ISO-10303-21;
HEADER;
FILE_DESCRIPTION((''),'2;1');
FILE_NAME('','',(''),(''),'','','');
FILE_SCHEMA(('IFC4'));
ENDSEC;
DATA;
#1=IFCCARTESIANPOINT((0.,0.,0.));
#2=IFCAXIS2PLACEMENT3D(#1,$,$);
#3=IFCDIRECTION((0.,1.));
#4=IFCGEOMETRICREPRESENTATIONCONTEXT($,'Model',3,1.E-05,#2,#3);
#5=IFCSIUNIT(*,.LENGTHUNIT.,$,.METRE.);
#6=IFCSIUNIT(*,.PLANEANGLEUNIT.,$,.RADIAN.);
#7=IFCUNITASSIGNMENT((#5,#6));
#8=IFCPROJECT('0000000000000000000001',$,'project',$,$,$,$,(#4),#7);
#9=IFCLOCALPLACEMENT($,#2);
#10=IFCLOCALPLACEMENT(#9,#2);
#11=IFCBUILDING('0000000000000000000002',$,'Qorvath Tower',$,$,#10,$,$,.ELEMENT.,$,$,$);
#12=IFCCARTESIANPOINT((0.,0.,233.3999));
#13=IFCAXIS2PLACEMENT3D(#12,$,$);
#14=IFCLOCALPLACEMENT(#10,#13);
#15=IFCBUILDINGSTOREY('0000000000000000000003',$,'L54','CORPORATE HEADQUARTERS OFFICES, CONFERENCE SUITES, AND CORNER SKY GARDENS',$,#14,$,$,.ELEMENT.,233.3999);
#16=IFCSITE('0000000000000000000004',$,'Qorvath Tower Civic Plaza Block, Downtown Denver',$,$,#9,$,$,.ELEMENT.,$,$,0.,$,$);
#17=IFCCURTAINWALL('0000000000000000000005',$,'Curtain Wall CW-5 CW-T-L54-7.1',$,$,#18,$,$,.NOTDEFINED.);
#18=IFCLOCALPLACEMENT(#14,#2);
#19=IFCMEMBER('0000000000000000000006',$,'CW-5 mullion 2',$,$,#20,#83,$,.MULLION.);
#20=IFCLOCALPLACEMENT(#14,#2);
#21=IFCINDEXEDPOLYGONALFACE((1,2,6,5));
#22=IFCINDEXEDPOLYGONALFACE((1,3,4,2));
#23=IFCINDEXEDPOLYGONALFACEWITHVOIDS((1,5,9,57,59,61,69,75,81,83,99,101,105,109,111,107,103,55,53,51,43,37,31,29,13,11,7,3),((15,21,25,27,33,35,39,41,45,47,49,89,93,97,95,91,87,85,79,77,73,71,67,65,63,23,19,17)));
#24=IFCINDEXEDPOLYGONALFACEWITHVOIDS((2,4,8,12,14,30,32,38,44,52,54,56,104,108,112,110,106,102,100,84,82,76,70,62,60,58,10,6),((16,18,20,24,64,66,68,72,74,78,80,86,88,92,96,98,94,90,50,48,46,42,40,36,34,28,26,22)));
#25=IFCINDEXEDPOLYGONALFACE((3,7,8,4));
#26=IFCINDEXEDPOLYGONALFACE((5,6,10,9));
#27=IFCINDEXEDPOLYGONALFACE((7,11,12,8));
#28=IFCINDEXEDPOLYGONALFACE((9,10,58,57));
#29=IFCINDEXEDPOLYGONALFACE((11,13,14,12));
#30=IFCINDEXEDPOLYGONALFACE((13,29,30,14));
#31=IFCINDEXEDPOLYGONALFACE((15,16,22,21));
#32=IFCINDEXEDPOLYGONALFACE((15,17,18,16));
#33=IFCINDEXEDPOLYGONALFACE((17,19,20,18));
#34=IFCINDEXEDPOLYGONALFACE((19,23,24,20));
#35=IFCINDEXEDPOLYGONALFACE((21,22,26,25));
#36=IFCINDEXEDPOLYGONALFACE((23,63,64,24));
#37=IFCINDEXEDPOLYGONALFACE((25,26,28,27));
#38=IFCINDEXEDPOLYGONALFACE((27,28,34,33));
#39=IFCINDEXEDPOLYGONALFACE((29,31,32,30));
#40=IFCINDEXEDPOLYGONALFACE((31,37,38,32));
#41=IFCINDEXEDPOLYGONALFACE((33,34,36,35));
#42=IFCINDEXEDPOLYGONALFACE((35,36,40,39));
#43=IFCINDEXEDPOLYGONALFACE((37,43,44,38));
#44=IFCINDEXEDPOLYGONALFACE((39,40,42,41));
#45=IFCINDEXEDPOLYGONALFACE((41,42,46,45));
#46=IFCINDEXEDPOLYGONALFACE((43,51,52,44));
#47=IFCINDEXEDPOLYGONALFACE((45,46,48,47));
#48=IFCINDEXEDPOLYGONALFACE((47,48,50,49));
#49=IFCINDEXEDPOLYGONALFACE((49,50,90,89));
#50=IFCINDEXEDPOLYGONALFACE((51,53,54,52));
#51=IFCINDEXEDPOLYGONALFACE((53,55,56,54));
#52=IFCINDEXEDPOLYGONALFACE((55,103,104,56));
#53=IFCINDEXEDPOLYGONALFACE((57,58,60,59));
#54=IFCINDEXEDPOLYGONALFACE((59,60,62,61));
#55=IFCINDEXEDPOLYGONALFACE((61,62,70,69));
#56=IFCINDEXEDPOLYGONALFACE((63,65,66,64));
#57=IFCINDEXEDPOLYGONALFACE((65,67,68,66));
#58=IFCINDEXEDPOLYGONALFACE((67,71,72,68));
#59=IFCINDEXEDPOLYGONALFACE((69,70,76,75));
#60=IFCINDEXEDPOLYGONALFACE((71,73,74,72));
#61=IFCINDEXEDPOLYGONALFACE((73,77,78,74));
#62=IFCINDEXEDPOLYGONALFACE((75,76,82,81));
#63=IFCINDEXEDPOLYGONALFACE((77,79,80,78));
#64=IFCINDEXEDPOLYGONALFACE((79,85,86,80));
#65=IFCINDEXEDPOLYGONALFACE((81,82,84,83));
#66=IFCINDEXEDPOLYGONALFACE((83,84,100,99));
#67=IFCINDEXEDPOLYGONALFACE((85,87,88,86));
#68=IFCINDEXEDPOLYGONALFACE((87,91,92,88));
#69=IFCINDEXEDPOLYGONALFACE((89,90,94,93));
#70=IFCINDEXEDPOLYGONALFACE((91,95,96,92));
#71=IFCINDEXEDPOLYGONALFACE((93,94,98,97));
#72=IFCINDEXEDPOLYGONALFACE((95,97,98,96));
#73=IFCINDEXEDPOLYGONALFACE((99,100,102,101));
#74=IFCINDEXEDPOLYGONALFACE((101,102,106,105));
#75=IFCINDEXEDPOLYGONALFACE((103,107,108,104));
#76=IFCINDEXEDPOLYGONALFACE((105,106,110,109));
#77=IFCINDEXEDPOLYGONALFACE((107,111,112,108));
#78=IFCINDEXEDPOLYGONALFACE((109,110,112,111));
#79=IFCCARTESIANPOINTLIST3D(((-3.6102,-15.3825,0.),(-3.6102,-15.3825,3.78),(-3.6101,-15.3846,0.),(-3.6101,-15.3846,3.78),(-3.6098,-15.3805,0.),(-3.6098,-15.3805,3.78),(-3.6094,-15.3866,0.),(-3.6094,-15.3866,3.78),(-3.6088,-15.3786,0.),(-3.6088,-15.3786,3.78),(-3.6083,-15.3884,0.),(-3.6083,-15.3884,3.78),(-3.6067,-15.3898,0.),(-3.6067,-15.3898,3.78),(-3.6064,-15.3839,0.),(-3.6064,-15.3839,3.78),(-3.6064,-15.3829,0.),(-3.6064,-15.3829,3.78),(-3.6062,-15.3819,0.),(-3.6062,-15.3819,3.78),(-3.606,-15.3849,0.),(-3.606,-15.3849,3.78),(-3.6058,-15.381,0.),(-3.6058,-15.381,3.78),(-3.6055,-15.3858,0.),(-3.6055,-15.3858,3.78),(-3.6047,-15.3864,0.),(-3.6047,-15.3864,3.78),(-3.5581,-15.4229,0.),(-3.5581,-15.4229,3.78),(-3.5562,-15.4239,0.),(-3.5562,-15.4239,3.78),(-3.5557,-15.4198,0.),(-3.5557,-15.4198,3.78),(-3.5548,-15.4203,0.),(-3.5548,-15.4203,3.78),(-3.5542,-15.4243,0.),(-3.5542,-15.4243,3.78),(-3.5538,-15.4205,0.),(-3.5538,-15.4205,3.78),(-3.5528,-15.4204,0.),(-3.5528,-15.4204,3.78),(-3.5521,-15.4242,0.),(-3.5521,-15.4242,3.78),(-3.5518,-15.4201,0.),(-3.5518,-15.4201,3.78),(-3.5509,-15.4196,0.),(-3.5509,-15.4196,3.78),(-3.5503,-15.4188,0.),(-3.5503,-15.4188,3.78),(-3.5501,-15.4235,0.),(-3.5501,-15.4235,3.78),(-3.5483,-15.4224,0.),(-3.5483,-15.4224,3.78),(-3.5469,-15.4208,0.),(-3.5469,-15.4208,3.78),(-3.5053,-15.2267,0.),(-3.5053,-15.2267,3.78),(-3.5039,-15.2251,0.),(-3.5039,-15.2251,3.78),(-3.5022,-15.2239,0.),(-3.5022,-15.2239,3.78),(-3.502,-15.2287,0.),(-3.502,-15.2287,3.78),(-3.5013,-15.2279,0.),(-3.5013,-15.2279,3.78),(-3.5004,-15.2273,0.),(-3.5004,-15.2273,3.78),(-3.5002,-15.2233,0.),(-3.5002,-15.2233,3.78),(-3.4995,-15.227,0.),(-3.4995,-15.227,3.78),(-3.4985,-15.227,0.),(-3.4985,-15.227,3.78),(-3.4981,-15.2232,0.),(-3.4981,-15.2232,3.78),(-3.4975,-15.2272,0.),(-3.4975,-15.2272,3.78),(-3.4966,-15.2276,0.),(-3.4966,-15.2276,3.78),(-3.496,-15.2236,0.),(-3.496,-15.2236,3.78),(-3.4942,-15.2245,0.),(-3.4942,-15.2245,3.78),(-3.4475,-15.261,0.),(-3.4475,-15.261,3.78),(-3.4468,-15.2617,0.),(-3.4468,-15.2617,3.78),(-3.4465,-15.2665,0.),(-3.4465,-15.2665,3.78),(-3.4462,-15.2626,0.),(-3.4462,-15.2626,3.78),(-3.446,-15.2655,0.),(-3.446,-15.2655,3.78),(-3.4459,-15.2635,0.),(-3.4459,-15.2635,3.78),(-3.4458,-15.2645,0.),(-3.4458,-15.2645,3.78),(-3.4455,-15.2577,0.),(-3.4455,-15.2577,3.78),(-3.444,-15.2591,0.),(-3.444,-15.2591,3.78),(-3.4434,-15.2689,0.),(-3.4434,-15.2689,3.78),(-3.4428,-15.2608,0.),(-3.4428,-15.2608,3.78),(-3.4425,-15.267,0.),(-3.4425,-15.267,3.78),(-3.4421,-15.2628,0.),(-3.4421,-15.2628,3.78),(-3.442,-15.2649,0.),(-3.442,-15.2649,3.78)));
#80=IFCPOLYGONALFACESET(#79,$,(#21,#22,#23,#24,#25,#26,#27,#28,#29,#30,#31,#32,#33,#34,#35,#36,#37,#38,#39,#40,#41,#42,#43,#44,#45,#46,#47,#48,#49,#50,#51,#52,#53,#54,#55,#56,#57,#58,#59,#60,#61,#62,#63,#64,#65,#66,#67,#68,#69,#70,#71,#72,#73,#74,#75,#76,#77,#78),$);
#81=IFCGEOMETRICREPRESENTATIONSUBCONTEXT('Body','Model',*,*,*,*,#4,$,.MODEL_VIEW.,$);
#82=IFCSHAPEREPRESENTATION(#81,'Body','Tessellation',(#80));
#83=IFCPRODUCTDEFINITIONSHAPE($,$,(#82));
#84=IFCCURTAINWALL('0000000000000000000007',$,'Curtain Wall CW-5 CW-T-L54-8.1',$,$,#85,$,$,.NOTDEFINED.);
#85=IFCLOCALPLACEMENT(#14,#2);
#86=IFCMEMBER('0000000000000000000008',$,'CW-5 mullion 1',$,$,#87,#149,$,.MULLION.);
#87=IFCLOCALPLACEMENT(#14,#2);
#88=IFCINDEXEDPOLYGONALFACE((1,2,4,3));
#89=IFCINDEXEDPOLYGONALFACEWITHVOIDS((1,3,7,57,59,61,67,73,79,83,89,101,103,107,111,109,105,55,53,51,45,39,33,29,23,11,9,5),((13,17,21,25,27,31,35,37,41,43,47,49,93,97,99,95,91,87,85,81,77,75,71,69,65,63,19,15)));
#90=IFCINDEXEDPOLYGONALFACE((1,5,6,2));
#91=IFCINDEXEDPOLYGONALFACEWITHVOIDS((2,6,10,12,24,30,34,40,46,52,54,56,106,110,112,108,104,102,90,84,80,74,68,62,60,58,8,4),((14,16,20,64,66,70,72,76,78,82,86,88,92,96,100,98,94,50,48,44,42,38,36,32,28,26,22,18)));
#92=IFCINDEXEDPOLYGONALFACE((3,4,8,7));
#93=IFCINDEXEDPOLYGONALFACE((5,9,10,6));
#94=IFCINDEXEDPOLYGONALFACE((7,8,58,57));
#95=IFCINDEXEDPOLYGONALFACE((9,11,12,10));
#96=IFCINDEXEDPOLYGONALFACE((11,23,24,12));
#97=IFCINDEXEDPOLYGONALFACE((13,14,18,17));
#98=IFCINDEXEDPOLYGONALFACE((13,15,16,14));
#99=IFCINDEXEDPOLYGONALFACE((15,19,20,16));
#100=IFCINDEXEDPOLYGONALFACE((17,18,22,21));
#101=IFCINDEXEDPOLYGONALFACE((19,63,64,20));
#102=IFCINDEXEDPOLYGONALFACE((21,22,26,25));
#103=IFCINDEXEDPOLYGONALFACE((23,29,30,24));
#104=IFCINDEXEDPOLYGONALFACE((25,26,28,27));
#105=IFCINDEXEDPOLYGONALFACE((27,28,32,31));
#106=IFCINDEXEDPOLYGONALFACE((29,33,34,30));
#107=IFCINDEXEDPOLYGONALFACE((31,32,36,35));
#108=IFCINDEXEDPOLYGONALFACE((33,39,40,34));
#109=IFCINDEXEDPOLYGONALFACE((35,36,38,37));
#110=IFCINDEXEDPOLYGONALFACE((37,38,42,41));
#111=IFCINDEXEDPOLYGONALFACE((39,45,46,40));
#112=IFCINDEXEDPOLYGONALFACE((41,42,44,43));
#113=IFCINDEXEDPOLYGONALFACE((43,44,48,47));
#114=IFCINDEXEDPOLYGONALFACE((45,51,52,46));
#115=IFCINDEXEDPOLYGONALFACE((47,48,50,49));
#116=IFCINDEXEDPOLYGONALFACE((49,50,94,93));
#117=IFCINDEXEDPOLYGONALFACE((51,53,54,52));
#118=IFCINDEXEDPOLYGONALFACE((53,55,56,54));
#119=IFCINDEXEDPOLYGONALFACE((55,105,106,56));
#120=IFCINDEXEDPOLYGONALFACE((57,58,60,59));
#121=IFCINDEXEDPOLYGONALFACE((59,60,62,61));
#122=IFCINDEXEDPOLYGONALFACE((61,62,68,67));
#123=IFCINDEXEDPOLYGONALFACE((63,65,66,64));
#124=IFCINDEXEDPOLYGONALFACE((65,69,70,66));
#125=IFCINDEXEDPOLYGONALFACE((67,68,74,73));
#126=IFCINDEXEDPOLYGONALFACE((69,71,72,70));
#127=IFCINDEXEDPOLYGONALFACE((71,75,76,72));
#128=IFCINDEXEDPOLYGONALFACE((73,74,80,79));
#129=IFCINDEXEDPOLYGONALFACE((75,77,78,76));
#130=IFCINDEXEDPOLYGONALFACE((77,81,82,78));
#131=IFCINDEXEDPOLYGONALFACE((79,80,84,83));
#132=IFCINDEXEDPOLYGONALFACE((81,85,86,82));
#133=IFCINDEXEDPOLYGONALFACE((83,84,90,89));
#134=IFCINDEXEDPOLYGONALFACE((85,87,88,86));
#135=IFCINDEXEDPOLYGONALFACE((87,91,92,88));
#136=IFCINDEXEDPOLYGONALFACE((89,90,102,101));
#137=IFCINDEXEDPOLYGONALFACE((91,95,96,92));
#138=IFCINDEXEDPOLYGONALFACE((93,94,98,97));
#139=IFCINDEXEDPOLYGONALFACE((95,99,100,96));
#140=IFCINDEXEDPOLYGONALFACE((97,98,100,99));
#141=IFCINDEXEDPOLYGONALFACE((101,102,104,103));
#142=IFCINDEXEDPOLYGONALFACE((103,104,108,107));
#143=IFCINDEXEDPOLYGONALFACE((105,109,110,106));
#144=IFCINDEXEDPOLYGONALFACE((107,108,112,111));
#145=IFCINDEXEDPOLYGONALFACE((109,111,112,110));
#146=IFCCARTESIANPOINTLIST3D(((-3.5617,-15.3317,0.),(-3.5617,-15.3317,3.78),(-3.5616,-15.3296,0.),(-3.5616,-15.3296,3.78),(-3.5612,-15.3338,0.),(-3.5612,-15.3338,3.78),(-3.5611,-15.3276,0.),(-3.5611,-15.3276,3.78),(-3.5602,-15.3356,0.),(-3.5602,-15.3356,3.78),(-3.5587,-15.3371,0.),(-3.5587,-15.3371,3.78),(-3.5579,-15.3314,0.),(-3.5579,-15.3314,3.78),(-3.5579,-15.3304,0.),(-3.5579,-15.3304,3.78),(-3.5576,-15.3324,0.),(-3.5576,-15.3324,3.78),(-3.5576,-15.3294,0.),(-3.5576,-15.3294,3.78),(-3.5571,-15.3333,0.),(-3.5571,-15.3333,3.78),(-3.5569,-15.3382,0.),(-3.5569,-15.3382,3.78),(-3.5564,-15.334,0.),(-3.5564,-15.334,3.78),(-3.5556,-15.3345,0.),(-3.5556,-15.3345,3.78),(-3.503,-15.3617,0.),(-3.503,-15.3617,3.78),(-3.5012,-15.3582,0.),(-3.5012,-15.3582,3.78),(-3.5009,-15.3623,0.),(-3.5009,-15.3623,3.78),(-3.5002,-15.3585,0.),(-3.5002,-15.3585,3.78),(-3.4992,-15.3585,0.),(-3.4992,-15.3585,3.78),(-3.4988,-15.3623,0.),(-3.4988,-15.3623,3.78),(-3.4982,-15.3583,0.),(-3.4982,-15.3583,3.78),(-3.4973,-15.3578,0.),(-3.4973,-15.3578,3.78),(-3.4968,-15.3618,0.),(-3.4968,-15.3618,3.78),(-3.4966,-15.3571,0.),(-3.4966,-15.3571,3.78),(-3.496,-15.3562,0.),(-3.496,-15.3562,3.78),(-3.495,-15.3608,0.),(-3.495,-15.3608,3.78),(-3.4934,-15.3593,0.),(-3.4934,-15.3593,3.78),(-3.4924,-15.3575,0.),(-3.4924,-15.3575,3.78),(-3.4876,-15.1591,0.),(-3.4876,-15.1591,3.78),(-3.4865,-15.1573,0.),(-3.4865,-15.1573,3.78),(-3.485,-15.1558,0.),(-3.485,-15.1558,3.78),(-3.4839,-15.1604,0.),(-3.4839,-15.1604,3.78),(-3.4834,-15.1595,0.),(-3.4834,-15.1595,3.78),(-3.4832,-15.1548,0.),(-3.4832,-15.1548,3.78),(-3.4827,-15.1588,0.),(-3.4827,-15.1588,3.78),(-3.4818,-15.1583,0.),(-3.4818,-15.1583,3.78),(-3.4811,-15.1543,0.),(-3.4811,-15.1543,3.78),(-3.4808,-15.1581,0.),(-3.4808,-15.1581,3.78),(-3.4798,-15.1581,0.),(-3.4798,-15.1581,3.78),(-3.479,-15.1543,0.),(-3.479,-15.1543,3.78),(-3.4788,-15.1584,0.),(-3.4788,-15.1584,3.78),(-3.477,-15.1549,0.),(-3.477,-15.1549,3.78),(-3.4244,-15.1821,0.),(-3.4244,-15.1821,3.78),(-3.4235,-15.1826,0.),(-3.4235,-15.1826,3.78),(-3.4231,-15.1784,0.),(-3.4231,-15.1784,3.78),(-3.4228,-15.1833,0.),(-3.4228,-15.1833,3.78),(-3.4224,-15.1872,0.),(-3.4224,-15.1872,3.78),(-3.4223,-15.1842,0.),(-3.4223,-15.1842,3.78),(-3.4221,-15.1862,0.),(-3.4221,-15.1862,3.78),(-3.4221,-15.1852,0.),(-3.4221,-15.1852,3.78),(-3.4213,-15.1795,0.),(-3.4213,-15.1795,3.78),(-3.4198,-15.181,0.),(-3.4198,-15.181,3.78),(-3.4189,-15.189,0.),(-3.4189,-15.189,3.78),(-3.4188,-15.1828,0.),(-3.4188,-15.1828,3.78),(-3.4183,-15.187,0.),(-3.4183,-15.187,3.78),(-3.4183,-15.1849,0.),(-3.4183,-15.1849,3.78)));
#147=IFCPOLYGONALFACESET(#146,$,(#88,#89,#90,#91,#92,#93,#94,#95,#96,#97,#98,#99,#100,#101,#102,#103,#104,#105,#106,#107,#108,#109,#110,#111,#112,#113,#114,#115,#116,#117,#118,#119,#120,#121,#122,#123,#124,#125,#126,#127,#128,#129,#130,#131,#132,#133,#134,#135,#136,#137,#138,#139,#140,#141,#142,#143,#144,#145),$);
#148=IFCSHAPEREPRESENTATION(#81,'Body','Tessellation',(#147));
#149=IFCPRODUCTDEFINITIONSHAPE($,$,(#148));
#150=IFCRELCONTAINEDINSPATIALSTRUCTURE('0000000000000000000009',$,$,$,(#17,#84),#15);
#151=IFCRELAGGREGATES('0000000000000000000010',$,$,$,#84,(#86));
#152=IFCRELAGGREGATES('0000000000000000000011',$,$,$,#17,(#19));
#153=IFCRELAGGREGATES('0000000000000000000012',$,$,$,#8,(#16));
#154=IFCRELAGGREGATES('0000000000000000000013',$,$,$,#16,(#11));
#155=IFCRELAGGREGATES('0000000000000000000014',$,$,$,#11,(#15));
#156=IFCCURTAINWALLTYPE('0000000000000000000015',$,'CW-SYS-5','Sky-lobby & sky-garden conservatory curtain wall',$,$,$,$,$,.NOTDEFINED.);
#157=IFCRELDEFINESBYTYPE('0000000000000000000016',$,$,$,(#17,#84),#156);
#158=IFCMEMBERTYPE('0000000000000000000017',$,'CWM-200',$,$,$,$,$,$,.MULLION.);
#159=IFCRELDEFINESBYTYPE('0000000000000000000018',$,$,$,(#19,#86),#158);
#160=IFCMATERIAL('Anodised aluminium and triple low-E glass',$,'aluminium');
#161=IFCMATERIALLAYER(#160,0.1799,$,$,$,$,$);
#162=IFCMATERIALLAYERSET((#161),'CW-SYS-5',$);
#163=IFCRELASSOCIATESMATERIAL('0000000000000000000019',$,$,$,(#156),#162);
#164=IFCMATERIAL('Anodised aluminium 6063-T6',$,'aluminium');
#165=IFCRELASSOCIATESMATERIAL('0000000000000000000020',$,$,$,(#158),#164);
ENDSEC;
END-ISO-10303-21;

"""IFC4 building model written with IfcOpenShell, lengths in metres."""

from ifc_helpers import new_model, si_unit, direction, frame, origin, origin_2d, place, context, subcontext, project, spatial, hollow_rectangle, extrude, material, layer, layer_set, material_profile, profile_set, type_object, element, aggregate, save


model = new_model("IFC4")

# Units and contexts
model_context = context("Model", 3, precision=1e-05, world=origin(), true_north=direction((0.0, 1.0)))
body_context = subcontext(model_context, "Body", "Model", "MODEL_VIEW")
ifc_project = project(units=[si_unit("LENGTHUNIT", "METRE"), si_unit("PLANEANGLEUNIT", "RADIAN")], contexts=[model_context])

# Site, building, storey
site_placement = place(None, origin())
site = spatial("IfcSite", under=ifc_project, at=site_placement, Name="Qorvath Tower Civic Plaza Block, Downtown Denver", CompositionType="ELEMENT", RefElevation=0.0)
building_placement = place(site_placement, origin())
building = spatial("IfcBuilding", under=site, at=building_placement, Name="Qorvath Tower", CompositionType="ELEMENT")
storey_placement = place(building_placement, frame((0.0, 0.0, 233.3999)))
storey = spatial("IfcBuildingStorey", under=building, at=storey_placement, Name="L54", Description="CORPORATE HEADQUARTERS OFFICES, CONFERENCE SUITES, AND CORNER SKY GARDENS", CompositionType="ELEMENT", Elevation=233.3999)

# Shared definitions
ifc_material_1 = material(Name="Anodised aluminium and triple low-E glass", Category="aluminium")
ifc_layer_1 = layer(ifc_material_1, 0.1799)
ifc_layer_set_1 = layer_set([ifc_layer_1], Name="CW-SYS-5")
curtain_wall_type = type_object("IfcCurtainWallType", Name="CW-SYS-5", Description="Sky-lobby & sky-garden conservatory curtain wall", PredefinedType="NOTDEFINED", material=ifc_layer_set_1)
ifc_material_2 = material(Name="Anodised aluminium 6063-T6", Category="aluminium")
ifc_material_profile_1 = material_profile(ifc_material_2, hollow_rectangle(XDim=0.075, YDim=0.2, WallThickness=0.0039, InnerFilletRadius=0.0039, OuterFilletRadius=0.0081, at=origin_2d()), Name="CWM 200x75")
ifc_profile_set_1 = profile_set([ifc_material_profile_1], Name="Anodised aluminium 6063-T6")
member_type_1 = type_object("IfcMemberType", Name="CWM-200", PredefinedType="MULLION", material=ifc_profile_set_1)

# Curtain wall, member
curtain_wall_1_placement = place(storey_placement, origin())
curtain_wall_1 = element("IfcCurtainWall", 1, at=curtain_wall_1_placement, inside=storey, type_object=curtain_wall_type, Name="Curtain Wall CW-5 CW-T-L54-7.1", PredefinedType="NOTDEFINED")
member_1_placement = place(storey_placement, frame((-3.5261, -15.3237, 0.0), z_axis=(0.0, 0.0, 1.0), x_axis=(-0.826474, 0.562975, 0.0)))
member_1 = element("IfcMember", 2, at=member_1_placement, type_object=member_type_1, Name="CW-5 mullion 2", PredefinedType="MULLION", context=body_context, shape_type="SweptSolid", body=[
    extrude(hollow_rectangle(XDim=0.075, YDim=0.2, WallThickness=0.0039, InnerFilletRadius=0.0039, OuterFilletRadius=0.0081, at=origin_2d()), origin(), (0.0, 0.0, 1.0), 3.78),
])

# Curtain wall, member
curtain_wall_2_placement = place(storey_placement, origin())
curtain_wall_2 = element("IfcCurtainWall", 3, at=curtain_wall_2_placement, inside=storey, type_object=curtain_wall_type, Name="Curtain Wall CW-5 CW-T-L54-8.1", PredefinedType="NOTDEFINED")
member_2_placement = place(storey_placement, frame((-3.49, -15.2583, 0.0), z_axis=(0.0, 0.0, 1.0), x_axis=(-0.916729, 0.399511, 0.0)))
member_2 = element("IfcMember", 4, at=member_2_placement, type_object=member_type_1, Name="CW-5 mullion 1", PredefinedType="MULLION", context=body_context, shape_type="SweptSolid", body=[
    extrude(hollow_rectangle(XDim=0.075, YDim=0.2, WallThickness=0.0039, InnerFilletRadius=0.0039, OuterFilletRadius=0.0081, at=origin_2d()), origin(), (0.0, 0.0, 1.0), 3.78),
])
aggregate(curtain_wall_2, [member_2])

aggregate(curtain_wall_1, [member_1])

save(model, "model.ifc")
